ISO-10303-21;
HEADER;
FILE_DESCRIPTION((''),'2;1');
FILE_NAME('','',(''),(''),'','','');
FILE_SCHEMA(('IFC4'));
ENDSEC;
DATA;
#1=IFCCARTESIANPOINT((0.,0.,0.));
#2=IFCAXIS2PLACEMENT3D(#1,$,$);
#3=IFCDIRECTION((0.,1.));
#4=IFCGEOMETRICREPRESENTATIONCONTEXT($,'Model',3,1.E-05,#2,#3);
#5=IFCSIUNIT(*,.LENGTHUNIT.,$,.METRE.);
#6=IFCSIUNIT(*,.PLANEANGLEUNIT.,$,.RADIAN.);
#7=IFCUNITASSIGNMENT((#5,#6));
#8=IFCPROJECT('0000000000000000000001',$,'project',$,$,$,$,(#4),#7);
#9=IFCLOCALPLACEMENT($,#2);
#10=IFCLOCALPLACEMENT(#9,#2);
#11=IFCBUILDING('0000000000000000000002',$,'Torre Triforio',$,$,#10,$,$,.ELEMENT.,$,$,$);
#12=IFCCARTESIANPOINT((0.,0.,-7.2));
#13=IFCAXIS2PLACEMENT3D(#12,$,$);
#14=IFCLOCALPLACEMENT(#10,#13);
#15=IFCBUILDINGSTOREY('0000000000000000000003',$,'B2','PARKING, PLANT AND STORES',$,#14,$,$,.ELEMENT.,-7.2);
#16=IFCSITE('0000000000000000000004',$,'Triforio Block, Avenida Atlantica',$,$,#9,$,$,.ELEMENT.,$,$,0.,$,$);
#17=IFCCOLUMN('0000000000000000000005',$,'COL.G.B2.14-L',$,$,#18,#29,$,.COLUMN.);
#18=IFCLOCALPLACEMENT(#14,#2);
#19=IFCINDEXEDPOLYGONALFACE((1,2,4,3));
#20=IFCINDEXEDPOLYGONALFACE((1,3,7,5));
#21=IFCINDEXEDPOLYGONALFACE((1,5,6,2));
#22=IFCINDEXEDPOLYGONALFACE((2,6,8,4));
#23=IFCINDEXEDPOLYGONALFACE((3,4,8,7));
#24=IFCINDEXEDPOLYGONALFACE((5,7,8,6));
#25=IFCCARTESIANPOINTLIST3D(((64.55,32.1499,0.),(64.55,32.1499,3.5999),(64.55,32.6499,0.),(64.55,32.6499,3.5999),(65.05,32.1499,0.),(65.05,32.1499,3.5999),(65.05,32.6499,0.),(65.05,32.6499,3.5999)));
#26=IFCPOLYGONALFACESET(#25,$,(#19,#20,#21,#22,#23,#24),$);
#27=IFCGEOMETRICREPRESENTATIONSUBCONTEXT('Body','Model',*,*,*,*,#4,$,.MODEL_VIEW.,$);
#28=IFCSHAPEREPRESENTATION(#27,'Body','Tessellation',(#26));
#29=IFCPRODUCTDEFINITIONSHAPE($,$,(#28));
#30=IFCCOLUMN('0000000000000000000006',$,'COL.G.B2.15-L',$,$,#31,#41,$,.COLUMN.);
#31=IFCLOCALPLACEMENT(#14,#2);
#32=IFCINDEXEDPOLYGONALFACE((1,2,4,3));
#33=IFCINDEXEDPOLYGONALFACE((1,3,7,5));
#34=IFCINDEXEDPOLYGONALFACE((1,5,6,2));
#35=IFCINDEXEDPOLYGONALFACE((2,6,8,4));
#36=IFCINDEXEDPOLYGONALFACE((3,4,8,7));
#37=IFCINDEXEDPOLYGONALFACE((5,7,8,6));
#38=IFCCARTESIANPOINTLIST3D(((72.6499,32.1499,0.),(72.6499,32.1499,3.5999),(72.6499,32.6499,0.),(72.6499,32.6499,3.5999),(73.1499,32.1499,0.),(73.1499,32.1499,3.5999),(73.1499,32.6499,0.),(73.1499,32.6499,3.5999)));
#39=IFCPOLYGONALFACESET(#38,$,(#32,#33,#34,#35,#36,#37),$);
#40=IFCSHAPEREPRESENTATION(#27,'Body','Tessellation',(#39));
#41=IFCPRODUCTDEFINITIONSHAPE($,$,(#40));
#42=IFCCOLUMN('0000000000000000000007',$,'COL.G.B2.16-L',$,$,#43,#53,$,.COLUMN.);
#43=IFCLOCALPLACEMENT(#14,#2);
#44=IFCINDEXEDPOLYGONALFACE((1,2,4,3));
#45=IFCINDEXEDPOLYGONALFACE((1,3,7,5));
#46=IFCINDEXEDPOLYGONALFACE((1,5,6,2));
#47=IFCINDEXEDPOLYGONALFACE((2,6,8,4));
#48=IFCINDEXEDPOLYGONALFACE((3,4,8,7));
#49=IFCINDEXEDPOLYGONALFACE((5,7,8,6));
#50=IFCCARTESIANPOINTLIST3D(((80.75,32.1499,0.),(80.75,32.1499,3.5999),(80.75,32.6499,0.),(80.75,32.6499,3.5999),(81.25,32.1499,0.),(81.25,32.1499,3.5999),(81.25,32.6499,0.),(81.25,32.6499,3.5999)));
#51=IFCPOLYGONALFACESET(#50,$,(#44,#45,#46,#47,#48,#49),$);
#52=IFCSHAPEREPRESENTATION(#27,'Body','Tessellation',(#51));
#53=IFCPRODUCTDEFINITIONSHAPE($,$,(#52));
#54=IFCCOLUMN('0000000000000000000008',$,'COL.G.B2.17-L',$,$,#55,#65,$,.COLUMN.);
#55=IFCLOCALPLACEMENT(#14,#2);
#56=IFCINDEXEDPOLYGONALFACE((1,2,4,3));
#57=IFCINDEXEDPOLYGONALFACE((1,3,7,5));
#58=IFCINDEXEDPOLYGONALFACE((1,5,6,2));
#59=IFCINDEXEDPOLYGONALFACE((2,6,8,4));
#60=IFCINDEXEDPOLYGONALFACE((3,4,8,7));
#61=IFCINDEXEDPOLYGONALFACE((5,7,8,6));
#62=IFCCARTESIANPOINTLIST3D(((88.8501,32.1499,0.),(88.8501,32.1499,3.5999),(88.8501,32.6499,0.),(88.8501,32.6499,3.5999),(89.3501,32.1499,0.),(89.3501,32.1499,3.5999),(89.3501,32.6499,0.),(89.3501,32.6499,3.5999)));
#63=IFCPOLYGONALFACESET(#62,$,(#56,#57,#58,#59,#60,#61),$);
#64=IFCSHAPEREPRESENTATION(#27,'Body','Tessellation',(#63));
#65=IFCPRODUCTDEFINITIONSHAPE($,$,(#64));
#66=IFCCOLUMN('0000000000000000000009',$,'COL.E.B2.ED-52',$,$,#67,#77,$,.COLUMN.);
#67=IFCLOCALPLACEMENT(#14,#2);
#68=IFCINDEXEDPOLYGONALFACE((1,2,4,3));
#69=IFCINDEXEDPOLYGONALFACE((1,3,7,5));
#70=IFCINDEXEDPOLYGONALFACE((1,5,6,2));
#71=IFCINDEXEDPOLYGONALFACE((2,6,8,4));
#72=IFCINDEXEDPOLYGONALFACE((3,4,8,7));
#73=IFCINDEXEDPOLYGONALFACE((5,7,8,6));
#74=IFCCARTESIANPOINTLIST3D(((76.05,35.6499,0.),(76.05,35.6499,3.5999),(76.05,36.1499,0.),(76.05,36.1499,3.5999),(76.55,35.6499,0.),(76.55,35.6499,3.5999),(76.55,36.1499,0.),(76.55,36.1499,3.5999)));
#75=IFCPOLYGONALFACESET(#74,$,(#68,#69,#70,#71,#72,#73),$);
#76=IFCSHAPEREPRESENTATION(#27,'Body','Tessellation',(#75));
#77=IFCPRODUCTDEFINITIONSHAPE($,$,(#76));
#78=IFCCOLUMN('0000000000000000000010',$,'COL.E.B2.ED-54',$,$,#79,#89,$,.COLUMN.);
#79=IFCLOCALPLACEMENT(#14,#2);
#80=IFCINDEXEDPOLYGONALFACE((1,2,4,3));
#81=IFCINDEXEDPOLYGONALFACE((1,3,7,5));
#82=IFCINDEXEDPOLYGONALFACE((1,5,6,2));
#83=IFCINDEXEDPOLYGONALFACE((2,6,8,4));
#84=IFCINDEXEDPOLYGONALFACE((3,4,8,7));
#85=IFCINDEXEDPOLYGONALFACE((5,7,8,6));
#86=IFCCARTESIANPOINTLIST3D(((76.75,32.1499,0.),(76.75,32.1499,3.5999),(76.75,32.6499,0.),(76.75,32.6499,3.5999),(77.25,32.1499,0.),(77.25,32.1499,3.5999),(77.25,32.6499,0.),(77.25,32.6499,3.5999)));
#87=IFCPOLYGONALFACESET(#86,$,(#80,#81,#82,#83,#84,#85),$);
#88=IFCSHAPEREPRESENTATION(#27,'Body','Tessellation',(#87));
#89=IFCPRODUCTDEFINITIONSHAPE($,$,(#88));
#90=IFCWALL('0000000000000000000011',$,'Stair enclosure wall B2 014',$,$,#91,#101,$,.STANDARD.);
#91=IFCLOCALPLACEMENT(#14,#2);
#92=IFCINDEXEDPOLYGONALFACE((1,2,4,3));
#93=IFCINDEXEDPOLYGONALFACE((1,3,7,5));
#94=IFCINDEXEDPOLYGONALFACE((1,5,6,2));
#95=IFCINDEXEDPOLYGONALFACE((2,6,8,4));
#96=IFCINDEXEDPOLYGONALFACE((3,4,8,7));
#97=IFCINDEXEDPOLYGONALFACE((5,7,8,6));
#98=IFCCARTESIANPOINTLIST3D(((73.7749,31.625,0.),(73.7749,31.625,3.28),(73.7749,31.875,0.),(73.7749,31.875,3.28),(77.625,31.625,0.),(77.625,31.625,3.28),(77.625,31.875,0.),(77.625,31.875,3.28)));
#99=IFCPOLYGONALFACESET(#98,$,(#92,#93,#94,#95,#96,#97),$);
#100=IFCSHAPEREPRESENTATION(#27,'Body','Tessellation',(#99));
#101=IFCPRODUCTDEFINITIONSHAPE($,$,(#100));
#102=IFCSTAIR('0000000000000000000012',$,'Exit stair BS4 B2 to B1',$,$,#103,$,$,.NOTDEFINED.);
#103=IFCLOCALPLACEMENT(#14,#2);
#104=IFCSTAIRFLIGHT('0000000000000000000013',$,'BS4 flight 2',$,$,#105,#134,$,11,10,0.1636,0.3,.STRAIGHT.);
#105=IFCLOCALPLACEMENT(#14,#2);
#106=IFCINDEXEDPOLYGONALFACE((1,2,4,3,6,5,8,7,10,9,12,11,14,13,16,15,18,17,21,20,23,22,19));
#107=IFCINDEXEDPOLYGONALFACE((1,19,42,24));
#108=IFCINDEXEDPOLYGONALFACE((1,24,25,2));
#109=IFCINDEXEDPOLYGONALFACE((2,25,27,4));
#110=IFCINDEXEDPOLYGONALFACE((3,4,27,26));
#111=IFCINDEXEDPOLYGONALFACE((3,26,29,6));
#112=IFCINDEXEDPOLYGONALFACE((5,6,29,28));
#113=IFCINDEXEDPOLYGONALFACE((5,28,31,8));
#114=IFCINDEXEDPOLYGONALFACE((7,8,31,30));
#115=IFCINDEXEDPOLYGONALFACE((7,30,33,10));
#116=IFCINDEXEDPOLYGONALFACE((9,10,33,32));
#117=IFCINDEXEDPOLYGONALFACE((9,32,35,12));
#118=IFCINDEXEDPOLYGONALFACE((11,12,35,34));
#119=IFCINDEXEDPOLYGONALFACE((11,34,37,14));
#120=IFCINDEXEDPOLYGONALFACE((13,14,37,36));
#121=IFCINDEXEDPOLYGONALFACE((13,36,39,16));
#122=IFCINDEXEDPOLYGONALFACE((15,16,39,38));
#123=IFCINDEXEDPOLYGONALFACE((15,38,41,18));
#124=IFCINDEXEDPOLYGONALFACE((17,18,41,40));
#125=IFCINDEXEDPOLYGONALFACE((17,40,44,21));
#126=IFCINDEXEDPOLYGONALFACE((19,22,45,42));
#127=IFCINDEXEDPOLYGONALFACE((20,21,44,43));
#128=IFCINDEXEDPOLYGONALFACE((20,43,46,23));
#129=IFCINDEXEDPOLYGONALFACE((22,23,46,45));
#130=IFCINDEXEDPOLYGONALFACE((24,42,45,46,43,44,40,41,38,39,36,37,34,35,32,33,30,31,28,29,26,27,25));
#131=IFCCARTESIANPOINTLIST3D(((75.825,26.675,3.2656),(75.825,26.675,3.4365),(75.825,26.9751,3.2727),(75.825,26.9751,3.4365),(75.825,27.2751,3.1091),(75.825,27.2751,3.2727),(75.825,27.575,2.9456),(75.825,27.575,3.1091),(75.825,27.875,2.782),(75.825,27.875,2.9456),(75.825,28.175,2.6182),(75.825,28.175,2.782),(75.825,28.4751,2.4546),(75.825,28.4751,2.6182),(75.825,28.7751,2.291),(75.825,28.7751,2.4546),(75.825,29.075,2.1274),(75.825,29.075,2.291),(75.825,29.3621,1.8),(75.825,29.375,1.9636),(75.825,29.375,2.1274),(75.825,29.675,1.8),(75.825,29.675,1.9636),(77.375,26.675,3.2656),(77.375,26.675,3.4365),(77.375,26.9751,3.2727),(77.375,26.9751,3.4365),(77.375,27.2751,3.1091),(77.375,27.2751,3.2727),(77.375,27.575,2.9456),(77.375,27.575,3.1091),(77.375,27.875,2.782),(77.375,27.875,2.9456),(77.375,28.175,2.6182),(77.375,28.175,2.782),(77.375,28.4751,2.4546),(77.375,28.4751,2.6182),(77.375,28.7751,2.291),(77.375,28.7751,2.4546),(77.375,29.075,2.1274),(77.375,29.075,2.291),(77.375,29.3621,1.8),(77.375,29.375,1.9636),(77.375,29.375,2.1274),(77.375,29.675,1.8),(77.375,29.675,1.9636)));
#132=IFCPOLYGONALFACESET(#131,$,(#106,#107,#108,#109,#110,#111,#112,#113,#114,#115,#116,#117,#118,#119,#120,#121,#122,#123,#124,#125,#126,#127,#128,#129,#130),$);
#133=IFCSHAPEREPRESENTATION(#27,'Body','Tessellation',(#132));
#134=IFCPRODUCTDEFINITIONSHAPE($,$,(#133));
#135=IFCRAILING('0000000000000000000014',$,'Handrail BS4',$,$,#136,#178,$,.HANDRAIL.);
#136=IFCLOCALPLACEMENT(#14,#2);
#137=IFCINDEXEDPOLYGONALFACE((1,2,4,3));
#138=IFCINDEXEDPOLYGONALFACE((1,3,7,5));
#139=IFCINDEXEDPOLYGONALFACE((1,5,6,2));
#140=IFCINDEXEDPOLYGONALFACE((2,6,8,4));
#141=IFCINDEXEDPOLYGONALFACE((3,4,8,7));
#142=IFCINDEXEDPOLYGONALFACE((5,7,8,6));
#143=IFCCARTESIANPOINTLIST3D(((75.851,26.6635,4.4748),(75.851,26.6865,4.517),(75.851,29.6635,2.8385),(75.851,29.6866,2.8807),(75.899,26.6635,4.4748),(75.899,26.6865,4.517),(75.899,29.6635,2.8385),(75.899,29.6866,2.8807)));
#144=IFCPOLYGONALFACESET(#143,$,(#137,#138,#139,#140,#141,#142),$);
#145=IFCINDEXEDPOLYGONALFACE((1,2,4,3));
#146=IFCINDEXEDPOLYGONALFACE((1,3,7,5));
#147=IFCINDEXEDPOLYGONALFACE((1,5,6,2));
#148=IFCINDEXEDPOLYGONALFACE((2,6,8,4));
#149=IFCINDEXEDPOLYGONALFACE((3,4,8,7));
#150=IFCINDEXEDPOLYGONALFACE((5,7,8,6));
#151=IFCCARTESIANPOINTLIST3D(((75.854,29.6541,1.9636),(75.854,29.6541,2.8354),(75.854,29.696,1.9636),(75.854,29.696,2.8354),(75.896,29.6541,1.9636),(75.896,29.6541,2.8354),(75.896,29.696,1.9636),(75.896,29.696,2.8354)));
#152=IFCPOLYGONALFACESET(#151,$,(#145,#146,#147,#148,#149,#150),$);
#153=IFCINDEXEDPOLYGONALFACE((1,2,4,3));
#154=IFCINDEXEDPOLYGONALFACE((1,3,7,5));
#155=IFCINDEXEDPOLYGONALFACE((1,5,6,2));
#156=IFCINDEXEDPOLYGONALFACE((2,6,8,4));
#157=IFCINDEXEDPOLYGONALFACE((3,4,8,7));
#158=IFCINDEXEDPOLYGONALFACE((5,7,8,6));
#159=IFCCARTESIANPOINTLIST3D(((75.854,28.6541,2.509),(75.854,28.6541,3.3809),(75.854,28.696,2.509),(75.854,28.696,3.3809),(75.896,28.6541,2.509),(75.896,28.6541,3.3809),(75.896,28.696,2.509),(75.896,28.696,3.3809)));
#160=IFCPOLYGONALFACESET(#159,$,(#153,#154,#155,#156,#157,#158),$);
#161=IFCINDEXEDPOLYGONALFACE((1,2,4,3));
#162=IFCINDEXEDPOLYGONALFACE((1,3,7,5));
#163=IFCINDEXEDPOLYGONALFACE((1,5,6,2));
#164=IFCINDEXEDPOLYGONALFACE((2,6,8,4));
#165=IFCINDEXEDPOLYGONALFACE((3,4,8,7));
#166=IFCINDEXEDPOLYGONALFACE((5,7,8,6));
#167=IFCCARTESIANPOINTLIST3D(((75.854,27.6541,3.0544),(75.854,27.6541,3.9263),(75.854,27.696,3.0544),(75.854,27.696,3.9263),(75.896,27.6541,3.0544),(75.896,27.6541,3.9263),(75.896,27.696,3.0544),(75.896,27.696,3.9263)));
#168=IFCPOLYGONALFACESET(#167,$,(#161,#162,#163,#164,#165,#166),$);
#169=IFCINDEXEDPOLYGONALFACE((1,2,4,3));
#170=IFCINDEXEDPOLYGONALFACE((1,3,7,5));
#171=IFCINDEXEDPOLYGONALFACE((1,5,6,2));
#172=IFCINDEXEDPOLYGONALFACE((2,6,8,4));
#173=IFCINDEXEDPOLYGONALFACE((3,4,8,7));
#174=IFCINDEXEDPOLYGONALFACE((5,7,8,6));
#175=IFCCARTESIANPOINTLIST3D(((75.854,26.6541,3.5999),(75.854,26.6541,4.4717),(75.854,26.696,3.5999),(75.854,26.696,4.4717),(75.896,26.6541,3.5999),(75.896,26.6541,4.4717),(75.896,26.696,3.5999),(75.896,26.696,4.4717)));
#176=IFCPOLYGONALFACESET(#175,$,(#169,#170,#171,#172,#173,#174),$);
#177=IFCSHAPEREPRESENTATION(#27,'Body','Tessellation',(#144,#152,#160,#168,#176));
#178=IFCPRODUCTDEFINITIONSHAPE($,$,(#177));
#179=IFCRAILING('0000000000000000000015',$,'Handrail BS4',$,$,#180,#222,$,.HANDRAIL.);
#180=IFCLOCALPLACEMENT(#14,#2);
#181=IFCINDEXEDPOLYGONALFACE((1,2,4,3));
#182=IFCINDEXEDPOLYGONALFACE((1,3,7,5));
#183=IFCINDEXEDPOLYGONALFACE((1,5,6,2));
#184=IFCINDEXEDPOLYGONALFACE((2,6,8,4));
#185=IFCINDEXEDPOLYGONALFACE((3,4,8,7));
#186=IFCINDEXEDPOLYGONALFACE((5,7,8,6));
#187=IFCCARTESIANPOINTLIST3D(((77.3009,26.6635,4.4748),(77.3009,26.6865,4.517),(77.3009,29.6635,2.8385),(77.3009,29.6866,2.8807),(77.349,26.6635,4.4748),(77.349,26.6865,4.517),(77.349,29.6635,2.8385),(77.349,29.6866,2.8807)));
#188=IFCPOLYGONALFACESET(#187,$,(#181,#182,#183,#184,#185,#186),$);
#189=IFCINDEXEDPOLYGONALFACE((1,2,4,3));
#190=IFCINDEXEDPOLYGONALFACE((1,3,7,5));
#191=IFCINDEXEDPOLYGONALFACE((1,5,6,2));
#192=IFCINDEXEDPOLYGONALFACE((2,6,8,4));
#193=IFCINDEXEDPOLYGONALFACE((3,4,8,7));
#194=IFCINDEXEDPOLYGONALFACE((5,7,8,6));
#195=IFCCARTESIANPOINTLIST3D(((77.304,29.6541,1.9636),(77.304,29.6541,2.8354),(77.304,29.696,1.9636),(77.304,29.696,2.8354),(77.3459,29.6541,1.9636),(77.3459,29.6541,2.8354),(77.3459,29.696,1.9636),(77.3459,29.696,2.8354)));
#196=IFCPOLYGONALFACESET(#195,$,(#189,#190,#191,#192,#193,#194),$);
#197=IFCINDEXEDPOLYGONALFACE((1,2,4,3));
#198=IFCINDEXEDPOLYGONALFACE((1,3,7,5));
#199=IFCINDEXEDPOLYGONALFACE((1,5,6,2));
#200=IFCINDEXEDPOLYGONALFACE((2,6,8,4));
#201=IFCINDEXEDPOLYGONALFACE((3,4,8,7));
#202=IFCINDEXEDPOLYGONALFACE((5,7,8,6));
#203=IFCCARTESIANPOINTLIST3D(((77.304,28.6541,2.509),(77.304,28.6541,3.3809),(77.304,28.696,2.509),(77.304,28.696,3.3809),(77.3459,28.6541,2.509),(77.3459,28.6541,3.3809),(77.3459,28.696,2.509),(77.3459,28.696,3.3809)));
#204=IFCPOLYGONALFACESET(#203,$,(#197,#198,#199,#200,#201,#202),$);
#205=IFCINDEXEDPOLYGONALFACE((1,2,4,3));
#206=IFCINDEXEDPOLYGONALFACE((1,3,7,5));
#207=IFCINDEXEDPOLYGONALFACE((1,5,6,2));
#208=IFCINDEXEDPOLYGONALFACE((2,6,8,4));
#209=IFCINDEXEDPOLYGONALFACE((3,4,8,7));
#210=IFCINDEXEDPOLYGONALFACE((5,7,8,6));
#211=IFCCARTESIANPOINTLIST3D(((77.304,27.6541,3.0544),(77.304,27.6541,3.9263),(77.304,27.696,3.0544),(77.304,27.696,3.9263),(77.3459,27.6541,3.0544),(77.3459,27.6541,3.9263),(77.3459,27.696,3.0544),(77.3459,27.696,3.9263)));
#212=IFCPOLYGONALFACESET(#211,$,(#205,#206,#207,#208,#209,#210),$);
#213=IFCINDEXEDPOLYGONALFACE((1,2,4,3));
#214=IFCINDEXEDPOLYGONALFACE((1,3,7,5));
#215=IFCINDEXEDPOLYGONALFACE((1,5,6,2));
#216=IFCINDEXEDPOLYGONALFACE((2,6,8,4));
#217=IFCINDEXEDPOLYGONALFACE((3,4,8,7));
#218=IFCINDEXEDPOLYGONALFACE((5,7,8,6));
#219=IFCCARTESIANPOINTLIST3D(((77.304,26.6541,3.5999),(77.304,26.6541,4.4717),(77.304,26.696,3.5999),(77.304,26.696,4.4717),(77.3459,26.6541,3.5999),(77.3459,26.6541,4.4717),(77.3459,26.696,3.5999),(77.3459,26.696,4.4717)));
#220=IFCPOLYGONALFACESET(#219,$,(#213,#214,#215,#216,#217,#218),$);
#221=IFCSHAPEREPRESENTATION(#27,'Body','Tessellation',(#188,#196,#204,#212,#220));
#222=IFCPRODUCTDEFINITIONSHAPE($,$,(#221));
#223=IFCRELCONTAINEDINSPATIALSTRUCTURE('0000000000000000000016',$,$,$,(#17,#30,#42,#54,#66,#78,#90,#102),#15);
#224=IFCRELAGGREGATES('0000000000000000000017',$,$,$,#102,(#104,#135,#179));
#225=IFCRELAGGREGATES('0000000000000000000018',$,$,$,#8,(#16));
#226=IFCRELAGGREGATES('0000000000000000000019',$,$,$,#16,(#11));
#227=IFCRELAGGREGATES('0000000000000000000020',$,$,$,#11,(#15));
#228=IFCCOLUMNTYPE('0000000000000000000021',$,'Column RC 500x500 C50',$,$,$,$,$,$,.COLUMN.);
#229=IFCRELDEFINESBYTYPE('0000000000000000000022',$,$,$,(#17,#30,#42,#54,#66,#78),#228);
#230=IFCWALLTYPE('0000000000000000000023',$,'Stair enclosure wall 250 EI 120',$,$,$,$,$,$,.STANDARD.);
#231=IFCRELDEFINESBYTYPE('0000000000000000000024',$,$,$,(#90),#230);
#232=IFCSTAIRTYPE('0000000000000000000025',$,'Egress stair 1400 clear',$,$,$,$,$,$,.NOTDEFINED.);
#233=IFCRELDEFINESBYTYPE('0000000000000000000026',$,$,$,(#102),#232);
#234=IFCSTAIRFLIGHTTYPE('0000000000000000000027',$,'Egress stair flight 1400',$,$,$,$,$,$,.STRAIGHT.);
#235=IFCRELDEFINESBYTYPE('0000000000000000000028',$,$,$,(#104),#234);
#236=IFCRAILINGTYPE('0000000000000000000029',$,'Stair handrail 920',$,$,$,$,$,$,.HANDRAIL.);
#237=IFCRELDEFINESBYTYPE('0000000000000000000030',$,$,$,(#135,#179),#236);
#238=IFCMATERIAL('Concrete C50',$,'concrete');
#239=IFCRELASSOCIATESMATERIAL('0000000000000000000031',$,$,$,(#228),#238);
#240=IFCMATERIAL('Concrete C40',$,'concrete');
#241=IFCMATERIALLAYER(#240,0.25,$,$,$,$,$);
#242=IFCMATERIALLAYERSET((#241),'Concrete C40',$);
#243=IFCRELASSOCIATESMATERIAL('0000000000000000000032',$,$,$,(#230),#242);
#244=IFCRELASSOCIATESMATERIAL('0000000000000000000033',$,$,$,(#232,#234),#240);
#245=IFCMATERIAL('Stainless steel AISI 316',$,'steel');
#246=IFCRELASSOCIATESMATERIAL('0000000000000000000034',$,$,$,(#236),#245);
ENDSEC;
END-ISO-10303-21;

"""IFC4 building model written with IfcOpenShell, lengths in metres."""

from ifc_helpers import new_model, si_unit, direction, frame, frame_2d, origin, origin_2d, place, context, subcontext, project, spatial, polyline, rectangle, outline, extrude, material, layer, layer_set, material_profile, profile_set, type_object, element, aggregate, save


model = new_model("IFC4")

# Units and contexts
model_context = context("Model", 3, precision=1e-05, world=origin(), true_north=direction((0.0, 1.0)))
body_context = subcontext(model_context, "Body", "Model", "MODEL_VIEW")
ifc_project = project(units=[si_unit("LENGTHUNIT", "METRE"), si_unit("PLANEANGLEUNIT", "RADIAN")], contexts=[model_context])

# Site, building, storey
site_placement = place(None, origin())
site = spatial("IfcSite", under=ifc_project, at=site_placement, Name="Triforio Block, Avenida Atlantica", CompositionType="ELEMENT", RefElevation=0.0)
building_placement = place(site_placement, origin())
building = spatial("IfcBuilding", under=site, at=building_placement, Name="Torre Triforio", CompositionType="ELEMENT")
storey_placement = place(building_placement, frame((0.0, 0.0, -7.2)))
storey = spatial("IfcBuildingStorey", under=building, at=storey_placement, Name="B2", Description="PARKING, PLANT AND STORES", CompositionType="ELEMENT", Elevation=-7.2)

# Columns
ifc_material_1 = material(Name="Concrete C50", Category="concrete")
ifc_material_profile = material_profile(ifc_material_1, rectangle(XDim=0.5, YDim=0.5, at=origin_2d()), Name="RC 500x500")
ifc_profile_set = profile_set([ifc_material_profile], Name="Concrete C50")
column_type = type_object("IfcColumnType", Name="Column RC 500x500 C50", PredefinedType="COLUMN", material=ifc_profile_set)
for number, where, z_axis, x_axis, name in (
    (1, (64.8, 32.3999, 0.0), (0.0, 0.0, 1.0), (1.0, 0.0, 0.0), "COL.G.B2.14-L"),
    (2, (72.8999, 32.3999, 0.0), (0.0, 0.0, 1.0), (1.0, 0.0, 0.0), "COL.G.B2.15-L"),
    (3, (81.0, 32.3999, 0.0), (0.0, 0.0, 1.0), (1.0, 0.0, 0.0), "COL.G.B2.16-L"),
    (4, (89.1001, 32.3999, 0.0), (0.0, 0.0, 1.0), (1.0, 0.0, 0.0), "COL.G.B2.17-L"),
    (5, (76.3, 35.8999, 0.0), (0.0, 0.0, 1.0), (1.0, 0.0, 0.0), "COL.E.B2.ED-52"),
    (6, (77.0, 32.3999, 0.0), (0.0, 0.0, 1.0), (1.0, 0.0, 0.0), "COL.E.B2.ED-54"),
):
    element("IfcColumn", number, at=place(storey_placement, frame(where, z_axis=z_axis, x_axis=x_axis)), inside=storey, type_object=column_type, Name=name, PredefinedType="COLUMN", context=body_context, shape_type="SweptSolid", body=[
        extrude(rectangle(XDim=0.5, YDim=0.5, at=origin_2d()), origin(), (0.0, 0.0, 1.0), 3.5999),
    ])

# Wall
ifc_material_2 = material(Name="Concrete C40", Category="concrete")
ifc_layer = layer(ifc_material_2, 0.25)
ifc_layer_set = layer_set([ifc_layer], Name="Concrete C40")
wall_type = type_object("IfcWallType", Name="Stair enclosure wall 250 EI 120", PredefinedType="STANDARD", material=ifc_layer_set)
wall_placement = place(storey_placement, frame((73.7749, 31.75, 0.0), z_axis=(0.0, 0.0, 1.0), x_axis=(1.0, 0.0, 0.0)))
element("IfcWall", 7, at=wall_placement, inside=storey, type_object=wall_type, Name="Stair enclosure wall B2 014", PredefinedType="STANDARD", context=body_context, shape_type="SweptSolid", body=[
    extrude(rectangle(XDim=3.8501, YDim=0.25, at=frame_2d((1.925, 0.0))), origin(), (0.0, 0.0, 1.0), 3.28),
])

# Stair, stair flight, railings
stair_type = type_object("IfcStairType", Name="Egress stair 1400 clear", PredefinedType="NOTDEFINED", material=ifc_material_2)
stair_placement = place(storey_placement, origin())
stair = element("IfcStair", 8, at=stair_placement, inside=storey, type_object=stair_type, Name="Exit stair BS4 B2 to B1", PredefinedType="NOTDEFINED")
stair_flight_type = type_object("IfcStairFlightType", Name="Egress stair flight 1400", PredefinedType="STRAIGHT", material=ifc_material_2)
stair_flight_placement = place(storey_placement, frame((76.6001, 29.675, 1.8), z_axis=(0.0, 0.0, 1.0), x_axis=(0.0, -1.0, 0.0)))
stair_flight = element("IfcStairFlight", 9, at=stair_flight_placement, type_object=stair_flight_type, Name="BS4 flight 2", NumberOfRisers=11, NumberOfTreads=10, PredefinedType="STRAIGHT", RiserHeight=0.1636, TreadLength=0.3, context=body_context, shape_type="SweptSolid", body=[
    extrude(outline(polyline([(0.0, 0.0), (0.0, 0.1636), (0.3, 0.1636), (0.3, 0.3274), (0.6001, 0.3274), (0.6001, 0.491), (0.8999, 0.491), (0.8999, 0.6545), (1.2, 0.6545), (1.2, 0.8181), (1.5, 0.8181), (1.5, 0.9819), (1.8, 0.9819), (1.8, 1.1455), (2.1001, 1.1455), (2.1001, 1.3091), (2.3999, 1.3091), (2.3999, 1.4727), (2.7, 1.4727), (2.7, 1.6365), (3.0, 1.6365), (3.0, 1.8), (3.0, 1.4656), (0.313, 0.0), (0.0, 0.0)])), frame((0.0, 0.7749, 0.0), z_axis=(0.0, -1.0, 0.0), x_axis=(1.0, 0.0, 0.0)), (0.0, 0.0, 1.0), 1.55),
])
ifc_material_3 = material(Name="Stainless steel AISI 316", Category="steel")
railing_type = type_object("IfcRailingType", Name="Stair handrail 920", PredefinedType="HANDRAIL", material=ifc_material_3)
railing_1_placement = place(storey_placement, frame((75.875, 29.675, 1.9636)))
railing_1 = element("IfcRailing", 10, at=railing_1_placement, type_object=railing_type, Name="Handrail BS4", PredefinedType="HANDRAIL", context=body_context, shape_type="SweptSolid", body=[
    extrude(rectangle(XDim=0.0481, YDim=0.0481, at=origin_2d()), frame((0.0, 0.0, 0.896), z_axis=(0.0, -0.877912, 0.478822), x_axis=(1.0, 0.0, 0.0)), (0.0, 0.0, 1.0), 3.4172),
    extrude(rectangle(XDim=0.042, YDim=0.042, at=origin_2d()), origin(), (0.0, 0.0, 1.0), 0.8718),
    extrude(rectangle(XDim=0.042, YDim=0.042, at=origin_2d()), frame((0.0, -1.0, 0.5454)), (0.0, 0.0, 1.0), 0.8718),
    extrude(rectangle(XDim=0.042, YDim=0.042, at=origin_2d()), frame((0.0, -2.0, 1.0908)), (0.0, 0.0, 1.0), 0.8718),
    extrude(rectangle(XDim=0.042, YDim=0.042, at=origin_2d()), frame((0.0, -3.0, 1.6362)), (0.0, 0.0, 1.0), 0.8718),
])
railing_2_placement = place(storey_placement, frame((77.325, 29.675, 1.9636)))
railing_2 = element("IfcRailing", 11, at=railing_2_placement, type_object=railing_type, Name="Handrail BS4", PredefinedType="HANDRAIL", context=body_context, shape_type="SweptSolid", body=[
    extrude(rectangle(XDim=0.0481, YDim=0.0481, at=origin_2d()), frame((0.0, 0.0, 0.896), z_axis=(0.0, -0.877912, 0.478822), x_axis=(1.0, 0.0, 0.0)), (0.0, 0.0, 1.0), 3.4172),
    extrude(rectangle(XDim=0.042, YDim=0.042, at=origin_2d()), origin(), (0.0, 0.0, 1.0), 0.8718),
    extrude(rectangle(XDim=0.042, YDim=0.042, at=origin_2d()), frame((0.0, -1.0, 0.5454)), (0.0, 0.0, 1.0), 0.8718),
    extrude(rectangle(XDim=0.042, YDim=0.042, at=origin_2d()), frame((0.0, -2.0, 1.0908)), (0.0, 0.0, 1.0), 0.8718),
    extrude(rectangle(XDim=0.042, YDim=0.042, at=origin_2d()), frame((0.0, -3.0, 1.6362)), (0.0, 0.0, 1.0), 0.8718),
])
aggregate(stair, [stair_flight, railing_1, railing_2])

save(model, "model.ifc")
